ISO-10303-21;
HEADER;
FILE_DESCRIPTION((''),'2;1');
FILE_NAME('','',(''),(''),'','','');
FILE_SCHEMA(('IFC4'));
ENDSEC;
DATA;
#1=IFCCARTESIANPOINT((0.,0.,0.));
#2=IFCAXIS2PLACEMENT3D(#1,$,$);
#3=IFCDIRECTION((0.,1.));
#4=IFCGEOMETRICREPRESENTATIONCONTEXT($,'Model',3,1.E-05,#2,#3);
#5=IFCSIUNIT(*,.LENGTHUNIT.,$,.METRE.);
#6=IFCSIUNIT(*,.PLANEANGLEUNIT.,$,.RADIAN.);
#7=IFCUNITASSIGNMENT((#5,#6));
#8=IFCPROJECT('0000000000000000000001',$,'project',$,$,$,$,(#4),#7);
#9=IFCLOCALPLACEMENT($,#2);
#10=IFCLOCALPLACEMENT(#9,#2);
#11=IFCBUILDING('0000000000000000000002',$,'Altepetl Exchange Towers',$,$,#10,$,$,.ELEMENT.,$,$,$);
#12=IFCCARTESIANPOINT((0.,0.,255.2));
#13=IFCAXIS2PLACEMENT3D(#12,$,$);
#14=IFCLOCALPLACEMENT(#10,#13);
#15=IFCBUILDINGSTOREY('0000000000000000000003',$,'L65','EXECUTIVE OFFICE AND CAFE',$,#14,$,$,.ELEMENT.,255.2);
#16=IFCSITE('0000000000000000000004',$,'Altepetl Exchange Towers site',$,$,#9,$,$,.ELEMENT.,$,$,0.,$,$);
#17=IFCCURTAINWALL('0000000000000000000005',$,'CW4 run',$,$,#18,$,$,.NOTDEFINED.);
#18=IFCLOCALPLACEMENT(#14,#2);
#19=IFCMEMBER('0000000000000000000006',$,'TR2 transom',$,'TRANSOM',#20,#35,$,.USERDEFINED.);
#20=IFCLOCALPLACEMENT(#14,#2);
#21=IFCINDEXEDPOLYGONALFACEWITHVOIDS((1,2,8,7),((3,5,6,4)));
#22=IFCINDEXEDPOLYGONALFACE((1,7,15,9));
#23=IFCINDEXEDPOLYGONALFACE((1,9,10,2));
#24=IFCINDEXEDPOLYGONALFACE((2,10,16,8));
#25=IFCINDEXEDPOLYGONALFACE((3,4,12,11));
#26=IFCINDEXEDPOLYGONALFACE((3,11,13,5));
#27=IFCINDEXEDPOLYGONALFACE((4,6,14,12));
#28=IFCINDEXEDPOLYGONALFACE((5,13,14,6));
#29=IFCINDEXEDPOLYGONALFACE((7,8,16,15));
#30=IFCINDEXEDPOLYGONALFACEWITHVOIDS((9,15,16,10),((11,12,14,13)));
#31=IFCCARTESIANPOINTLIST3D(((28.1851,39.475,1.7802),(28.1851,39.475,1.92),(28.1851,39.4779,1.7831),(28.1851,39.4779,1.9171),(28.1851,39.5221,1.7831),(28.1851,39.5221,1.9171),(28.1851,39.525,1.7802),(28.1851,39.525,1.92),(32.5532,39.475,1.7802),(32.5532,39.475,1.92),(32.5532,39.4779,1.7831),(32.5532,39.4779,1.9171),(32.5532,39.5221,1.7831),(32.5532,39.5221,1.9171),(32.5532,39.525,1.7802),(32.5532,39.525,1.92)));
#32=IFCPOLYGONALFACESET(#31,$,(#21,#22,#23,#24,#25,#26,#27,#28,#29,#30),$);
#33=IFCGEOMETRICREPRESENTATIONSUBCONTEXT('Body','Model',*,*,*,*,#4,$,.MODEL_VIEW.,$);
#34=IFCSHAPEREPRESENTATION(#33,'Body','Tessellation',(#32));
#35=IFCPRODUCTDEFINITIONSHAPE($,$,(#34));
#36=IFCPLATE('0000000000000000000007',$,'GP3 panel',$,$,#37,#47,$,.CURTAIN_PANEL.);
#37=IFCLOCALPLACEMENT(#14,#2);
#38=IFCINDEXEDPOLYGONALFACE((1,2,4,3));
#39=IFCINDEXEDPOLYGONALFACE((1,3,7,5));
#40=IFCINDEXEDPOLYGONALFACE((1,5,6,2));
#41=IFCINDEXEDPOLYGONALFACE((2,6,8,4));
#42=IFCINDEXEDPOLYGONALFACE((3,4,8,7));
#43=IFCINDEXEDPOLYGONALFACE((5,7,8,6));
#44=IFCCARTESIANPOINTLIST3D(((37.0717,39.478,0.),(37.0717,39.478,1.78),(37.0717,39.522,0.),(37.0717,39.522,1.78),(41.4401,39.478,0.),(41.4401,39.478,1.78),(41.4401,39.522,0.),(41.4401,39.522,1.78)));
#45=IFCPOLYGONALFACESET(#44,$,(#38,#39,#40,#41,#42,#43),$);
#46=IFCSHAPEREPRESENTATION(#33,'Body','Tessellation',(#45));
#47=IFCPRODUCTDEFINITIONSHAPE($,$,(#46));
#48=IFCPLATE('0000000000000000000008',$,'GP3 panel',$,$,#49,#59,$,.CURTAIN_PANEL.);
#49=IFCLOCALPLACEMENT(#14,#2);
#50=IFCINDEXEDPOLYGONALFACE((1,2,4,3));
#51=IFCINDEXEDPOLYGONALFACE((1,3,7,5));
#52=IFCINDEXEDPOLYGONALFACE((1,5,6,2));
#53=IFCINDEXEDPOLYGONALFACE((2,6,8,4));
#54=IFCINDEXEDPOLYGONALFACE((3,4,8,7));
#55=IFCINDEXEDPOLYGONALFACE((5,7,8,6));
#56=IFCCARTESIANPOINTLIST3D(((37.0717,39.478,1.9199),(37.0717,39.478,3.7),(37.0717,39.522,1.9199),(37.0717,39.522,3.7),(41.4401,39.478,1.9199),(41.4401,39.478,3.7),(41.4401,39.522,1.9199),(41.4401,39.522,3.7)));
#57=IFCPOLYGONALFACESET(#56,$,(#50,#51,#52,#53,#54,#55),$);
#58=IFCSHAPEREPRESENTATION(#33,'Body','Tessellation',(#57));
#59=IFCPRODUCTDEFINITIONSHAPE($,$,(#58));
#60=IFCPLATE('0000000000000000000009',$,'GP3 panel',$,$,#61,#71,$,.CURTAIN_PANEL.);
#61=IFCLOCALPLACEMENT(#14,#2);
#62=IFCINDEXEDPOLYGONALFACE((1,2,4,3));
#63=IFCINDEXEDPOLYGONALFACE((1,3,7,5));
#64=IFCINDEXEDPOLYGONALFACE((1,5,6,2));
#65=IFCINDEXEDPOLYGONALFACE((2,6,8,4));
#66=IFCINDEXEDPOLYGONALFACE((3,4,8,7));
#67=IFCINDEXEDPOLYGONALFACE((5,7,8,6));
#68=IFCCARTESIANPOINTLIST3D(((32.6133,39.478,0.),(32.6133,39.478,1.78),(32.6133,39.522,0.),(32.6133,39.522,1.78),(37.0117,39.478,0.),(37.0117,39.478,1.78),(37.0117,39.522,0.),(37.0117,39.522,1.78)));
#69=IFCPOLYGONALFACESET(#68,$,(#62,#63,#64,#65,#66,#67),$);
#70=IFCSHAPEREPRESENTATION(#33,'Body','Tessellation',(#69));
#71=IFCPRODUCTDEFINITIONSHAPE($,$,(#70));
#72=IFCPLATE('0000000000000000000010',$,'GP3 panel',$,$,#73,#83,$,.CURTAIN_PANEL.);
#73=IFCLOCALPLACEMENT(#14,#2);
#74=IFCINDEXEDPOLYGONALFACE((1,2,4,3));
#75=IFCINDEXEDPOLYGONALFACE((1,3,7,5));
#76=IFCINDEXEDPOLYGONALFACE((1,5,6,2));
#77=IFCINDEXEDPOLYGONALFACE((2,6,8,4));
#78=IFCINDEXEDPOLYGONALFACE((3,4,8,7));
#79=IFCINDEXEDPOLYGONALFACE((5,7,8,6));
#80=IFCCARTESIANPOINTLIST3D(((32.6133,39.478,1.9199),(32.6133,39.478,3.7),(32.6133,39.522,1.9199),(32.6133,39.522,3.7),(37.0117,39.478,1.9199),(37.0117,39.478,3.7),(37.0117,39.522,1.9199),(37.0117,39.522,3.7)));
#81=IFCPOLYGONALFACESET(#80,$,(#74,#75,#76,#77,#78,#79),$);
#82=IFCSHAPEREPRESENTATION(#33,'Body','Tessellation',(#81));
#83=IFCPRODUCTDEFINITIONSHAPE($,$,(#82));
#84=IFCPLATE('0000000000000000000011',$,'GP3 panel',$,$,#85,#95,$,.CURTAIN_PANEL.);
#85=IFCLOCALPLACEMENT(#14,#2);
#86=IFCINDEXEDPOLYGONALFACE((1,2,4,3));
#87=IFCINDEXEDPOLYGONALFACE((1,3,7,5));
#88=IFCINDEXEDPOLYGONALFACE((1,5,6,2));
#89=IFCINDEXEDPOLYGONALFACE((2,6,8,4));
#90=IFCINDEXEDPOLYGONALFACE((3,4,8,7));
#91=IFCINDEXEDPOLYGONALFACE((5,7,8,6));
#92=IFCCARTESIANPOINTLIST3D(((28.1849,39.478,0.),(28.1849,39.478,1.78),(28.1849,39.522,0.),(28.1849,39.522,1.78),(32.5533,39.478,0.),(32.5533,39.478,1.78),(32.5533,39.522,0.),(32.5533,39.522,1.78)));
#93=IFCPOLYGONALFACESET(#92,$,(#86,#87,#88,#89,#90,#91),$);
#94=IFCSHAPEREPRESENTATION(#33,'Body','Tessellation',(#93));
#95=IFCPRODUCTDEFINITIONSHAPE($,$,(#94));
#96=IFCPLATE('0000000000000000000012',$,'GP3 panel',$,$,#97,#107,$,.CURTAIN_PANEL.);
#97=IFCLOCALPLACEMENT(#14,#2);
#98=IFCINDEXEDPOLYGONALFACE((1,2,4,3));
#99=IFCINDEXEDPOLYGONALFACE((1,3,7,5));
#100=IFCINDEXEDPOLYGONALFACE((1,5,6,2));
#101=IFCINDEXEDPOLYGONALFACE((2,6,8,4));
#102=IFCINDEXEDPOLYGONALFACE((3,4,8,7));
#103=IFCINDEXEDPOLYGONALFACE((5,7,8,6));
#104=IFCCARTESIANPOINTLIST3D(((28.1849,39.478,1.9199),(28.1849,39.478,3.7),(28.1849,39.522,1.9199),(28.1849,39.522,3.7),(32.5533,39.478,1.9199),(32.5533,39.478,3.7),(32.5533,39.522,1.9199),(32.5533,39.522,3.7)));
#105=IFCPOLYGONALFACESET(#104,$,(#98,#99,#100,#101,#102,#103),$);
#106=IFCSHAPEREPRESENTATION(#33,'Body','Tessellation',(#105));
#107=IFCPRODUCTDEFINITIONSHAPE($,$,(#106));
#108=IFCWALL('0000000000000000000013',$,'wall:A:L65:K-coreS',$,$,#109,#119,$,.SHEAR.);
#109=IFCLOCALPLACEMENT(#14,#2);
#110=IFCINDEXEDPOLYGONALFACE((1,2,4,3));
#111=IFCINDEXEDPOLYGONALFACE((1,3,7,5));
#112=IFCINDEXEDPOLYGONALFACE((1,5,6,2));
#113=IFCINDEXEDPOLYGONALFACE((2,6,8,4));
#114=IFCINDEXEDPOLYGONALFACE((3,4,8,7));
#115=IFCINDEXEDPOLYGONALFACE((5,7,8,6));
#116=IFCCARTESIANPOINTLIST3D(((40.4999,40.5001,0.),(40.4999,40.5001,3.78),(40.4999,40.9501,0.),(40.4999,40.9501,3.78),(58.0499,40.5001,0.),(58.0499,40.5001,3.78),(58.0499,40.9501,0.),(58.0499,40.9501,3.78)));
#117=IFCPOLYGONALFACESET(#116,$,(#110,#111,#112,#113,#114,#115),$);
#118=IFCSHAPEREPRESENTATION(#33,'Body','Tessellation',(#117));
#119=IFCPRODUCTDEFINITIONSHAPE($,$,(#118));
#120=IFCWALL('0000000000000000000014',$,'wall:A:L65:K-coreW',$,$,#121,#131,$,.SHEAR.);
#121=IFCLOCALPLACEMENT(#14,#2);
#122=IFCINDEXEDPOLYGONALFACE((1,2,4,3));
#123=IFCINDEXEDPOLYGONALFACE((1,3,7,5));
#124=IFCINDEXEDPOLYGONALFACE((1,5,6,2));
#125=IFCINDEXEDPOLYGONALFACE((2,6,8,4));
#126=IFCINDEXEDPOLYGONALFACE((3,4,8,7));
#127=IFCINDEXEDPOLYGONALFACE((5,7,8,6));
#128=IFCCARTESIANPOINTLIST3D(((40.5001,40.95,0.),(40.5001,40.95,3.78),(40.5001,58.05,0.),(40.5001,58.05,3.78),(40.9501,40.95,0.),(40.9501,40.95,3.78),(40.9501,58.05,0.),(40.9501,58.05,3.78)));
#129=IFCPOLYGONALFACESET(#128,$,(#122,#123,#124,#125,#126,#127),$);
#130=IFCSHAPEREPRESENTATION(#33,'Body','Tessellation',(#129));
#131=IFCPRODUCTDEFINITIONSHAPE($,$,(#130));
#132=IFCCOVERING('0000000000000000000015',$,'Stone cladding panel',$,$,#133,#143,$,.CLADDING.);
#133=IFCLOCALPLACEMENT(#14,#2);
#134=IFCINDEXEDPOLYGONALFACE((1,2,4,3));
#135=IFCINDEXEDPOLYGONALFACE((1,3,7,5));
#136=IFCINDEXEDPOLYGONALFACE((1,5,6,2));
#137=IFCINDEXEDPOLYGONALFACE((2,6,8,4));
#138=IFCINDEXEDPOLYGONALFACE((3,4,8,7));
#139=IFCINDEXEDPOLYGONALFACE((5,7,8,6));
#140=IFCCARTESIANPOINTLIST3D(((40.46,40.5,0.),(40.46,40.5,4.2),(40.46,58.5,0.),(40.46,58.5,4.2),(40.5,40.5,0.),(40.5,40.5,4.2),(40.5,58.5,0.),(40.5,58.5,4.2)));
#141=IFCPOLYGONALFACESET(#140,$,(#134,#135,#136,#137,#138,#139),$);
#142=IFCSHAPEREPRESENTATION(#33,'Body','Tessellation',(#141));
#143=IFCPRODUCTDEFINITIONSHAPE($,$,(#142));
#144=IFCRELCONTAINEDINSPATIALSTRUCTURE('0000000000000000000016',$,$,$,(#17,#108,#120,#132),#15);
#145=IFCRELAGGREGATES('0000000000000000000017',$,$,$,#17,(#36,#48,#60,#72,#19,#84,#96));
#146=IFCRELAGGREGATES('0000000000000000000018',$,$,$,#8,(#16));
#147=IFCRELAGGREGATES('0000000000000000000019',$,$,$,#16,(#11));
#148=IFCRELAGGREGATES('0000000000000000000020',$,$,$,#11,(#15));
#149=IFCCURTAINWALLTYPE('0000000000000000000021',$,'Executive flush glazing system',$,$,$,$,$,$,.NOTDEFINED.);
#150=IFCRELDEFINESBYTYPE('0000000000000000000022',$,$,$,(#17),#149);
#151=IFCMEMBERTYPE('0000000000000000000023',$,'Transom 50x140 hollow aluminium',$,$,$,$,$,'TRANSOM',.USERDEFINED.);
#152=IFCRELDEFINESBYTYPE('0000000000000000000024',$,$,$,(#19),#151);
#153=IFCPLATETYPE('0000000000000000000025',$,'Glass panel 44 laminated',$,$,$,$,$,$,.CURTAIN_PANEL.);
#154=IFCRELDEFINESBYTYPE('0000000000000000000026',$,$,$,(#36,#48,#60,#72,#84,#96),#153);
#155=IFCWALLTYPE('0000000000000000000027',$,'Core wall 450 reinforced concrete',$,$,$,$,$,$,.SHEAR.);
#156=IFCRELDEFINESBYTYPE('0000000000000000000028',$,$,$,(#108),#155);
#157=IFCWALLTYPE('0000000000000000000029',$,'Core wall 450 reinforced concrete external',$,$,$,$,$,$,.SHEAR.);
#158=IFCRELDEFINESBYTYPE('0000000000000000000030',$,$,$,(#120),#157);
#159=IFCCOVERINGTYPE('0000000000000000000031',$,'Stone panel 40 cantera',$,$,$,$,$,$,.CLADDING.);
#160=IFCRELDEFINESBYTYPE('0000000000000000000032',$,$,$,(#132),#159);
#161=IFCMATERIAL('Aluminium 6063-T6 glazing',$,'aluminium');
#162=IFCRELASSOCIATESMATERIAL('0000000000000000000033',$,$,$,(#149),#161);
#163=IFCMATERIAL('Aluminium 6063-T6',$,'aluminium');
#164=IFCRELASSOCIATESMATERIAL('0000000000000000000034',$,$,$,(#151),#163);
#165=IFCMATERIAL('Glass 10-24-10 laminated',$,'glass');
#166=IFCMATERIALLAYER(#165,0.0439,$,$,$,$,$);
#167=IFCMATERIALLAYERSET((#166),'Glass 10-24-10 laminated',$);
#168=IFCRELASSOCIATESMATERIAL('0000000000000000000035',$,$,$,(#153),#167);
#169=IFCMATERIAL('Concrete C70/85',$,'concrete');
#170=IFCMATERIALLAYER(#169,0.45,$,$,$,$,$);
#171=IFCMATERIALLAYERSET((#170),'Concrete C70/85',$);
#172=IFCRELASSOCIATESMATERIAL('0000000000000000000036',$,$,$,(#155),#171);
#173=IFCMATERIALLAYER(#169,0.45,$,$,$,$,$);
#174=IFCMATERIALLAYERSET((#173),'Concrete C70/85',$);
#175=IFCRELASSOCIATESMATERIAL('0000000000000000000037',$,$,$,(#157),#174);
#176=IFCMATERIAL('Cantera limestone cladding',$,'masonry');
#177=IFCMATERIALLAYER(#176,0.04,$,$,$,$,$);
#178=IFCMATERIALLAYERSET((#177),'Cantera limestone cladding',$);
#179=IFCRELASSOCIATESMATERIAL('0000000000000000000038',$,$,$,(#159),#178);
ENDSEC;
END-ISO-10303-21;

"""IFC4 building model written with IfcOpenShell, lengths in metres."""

from ifc_helpers import new_model, si_unit, direction, frame, frame_2d, origin, origin_2d, place, context, subcontext, project, spatial, rectangle, hollow_rectangle, extrude, material, layer, layer_set, material_profile, profile_set, type_object, element, aggregate, save


model = new_model("IFC4")

# Units and contexts
model_context = context("Model", 3, precision=1e-05, world=origin(), true_north=direction((0.0, 1.0)))
body_context = subcontext(model_context, "Body", "Model", "MODEL_VIEW")
ifc_project = project(units=[si_unit("LENGTHUNIT", "METRE"), si_unit("PLANEANGLEUNIT", "RADIAN")], contexts=[model_context])

# Site, building, storey
site_placement = place(None, origin())
site = spatial("IfcSite", under=ifc_project, at=site_placement, Name="Altepetl Exchange Towers site", CompositionType="ELEMENT", RefElevation=0.0)
building_placement = place(site_placement, origin())
building = spatial("IfcBuilding", under=site, at=building_placement, Name="Altepetl Exchange Towers", CompositionType="ELEMENT")
storey_placement = place(building_placement, frame((0.0, 0.0, 255.2)))
storey = spatial("IfcBuildingStorey", under=building, at=storey_placement, Name="L65", Description="EXECUTIVE OFFICE AND CAFE", CompositionType="ELEMENT", Elevation=255.2)

# Curtain wall
ifc_material_1 = material(Name="Aluminium 6063-T6 glazing", Category="aluminium")
curtain_wall_type = type_object("IfcCurtainWallType", Name="Executive flush glazing system", PredefinedType="NOTDEFINED", material=ifc_material_1)
curtain_wall_1_placement = place(storey_placement, origin())
curtain_wall_1 = element("IfcCurtainWall", 1, at=curtain_wall_1_placement, inside=storey, type_object=curtain_wall_type, Name="CW4 run", PredefinedType="NOTDEFINED")
ifc_material_2 = material(Name="Aluminium 6063-T6", Category="aluminium")

# Member
ifc_material_profile_1 = material_profile(ifc_material_2, hollow_rectangle(XDim=0.05, YDim=0.1399, WallThickness=0.0029, at=origin_2d()), Name="Transom 50x140 hollow aluminium")
ifc_profile_set_1 = profile_set([ifc_material_profile_1], Name="Aluminium 6063-T6")
member_type_1 = type_object("IfcMemberType", Name="Transom 50x140 hollow aluminium", ElementType="TRANSOM", PredefinedType="USERDEFINED", material=ifc_profile_set_1)
member_1_placement = place(storey_placement, frame((32.5532, 39.5, 1.8501), z_axis=(-1.0, 0.0, 0.0), x_axis=(0.0, -1.0, 0.0)))
member_1 = element("IfcMember", 2, at=member_1_placement, type_object=member_type_1, Name="TR2 transom", ObjectType="TRANSOM", PredefinedType="USERDEFINED", context=body_context, shape_type="SweptSolid", body=[
    extrude(hollow_rectangle(XDim=0.05, YDim=0.1399, WallThickness=0.0029, at=origin_2d()), origin(), (0.0, 0.0, 1.0), 4.3682),
])

# Plates
ifc_material_3 = material(Name="Glass 10-24-10 laminated", Category="glass")
ifc_layer_1 = layer(ifc_material_3, 0.0439)
ifc_layer_set_1 = layer_set([ifc_layer_1], Name="Glass 10-24-10 laminated")
plate_type = type_object("IfcPlateType", Name="Glass panel 44 laminated", PredefinedType="CURTAIN_PANEL", material=ifc_layer_set_1)
plate_1_placement = place(storey_placement, frame((39.2559, 39.5, 0.0), z_axis=(0.0, 0.0, 1.0), x_axis=(-1.0, 0.0, 0.0)))
plate_1 = element("IfcPlate", 3, at=plate_1_placement, type_object=plate_type, Name="GP3 panel", PredefinedType="CURTAIN_PANEL", context=body_context, shape_type="SweptSolid", body=[
    extrude(rectangle(XDim=4.3684, YDim=0.0439, at=origin_2d()), origin(), (0.0, 0.0, 1.0), 1.78),
])
plate_2_placement = place(storey_placement, frame((39.2559, 39.5, 1.9199), z_axis=(0.0, 0.0, 1.0), x_axis=(-1.0, 0.0, 0.0)))
plate_2 = element("IfcPlate", 4, at=plate_2_placement, type_object=plate_type, Name="GP3 panel", PredefinedType="CURTAIN_PANEL", context=body_context, shape_type="SweptSolid", body=[
    extrude(rectangle(XDim=4.3684, YDim=0.0439, at=origin_2d()), origin(), (0.0, 0.0, 1.0), 1.78),
])
plate_3_placement = place(storey_placement, frame((34.8125, 39.5, 0.0), z_axis=(0.0, 0.0, 1.0), x_axis=(-1.0, 0.0, 0.0)))
plate_3 = element("IfcPlate", 5, at=plate_3_placement, type_object=plate_type, Name="GP3 panel", PredefinedType="CURTAIN_PANEL", context=body_context, shape_type="SweptSolid", body=[
    extrude(rectangle(XDim=4.3984, YDim=0.0439, at=origin_2d()), origin(), (0.0, 0.0, 1.0), 1.78),
])
plate_4_placement = place(storey_placement, frame((34.8125, 39.5, 1.9199), z_axis=(0.0, 0.0, 1.0), x_axis=(-1.0, 0.0, 0.0)))
plate_4 = element("IfcPlate", 6, at=plate_4_placement, type_object=plate_type, Name="GP3 panel", PredefinedType="CURTAIN_PANEL", context=body_context, shape_type="SweptSolid", body=[
    extrude(rectangle(XDim=4.3984, YDim=0.0439, at=origin_2d()), origin(), (0.0, 0.0, 1.0), 1.78),
])
plate_5_placement = place(storey_placement, frame((30.3691, 39.5, 0.0), z_axis=(0.0, 0.0, 1.0), x_axis=(-1.0, 0.0, 0.0)))
plate_5 = element("IfcPlate", 7, at=plate_5_placement, type_object=plate_type, Name="GP3 panel", PredefinedType="CURTAIN_PANEL", context=body_context, shape_type="SweptSolid", body=[
    extrude(rectangle(XDim=4.3684, YDim=0.0439, at=origin_2d()), origin(), (0.0, 0.0, 1.0), 1.78),
])
plate_6_placement = place(storey_placement, frame((30.3691, 39.5, 1.9199), z_axis=(0.0, 0.0, 1.0), x_axis=(-1.0, 0.0, 0.0)))
plate_6 = element("IfcPlate", 8, at=plate_6_placement, type_object=plate_type, Name="GP3 panel", PredefinedType="CURTAIN_PANEL", context=body_context, shape_type="SweptSolid", body=[
    extrude(rectangle(XDim=4.3684, YDim=0.0439, at=origin_2d()), origin(), (0.0, 0.0, 1.0), 1.78),
])
aggregate(curtain_wall_1, [plate_1, plate_2, plate_3, plate_4, member_1, plate_5, plate_6])

# Walls
ifc_material_4 = material(Name="Concrete C70/85", Category="concrete")
ifc_layer_2 = layer(ifc_material_4, 0.45)
ifc_layer_set_2 = layer_set([ifc_layer_2], Name="Concrete C70/85")
wall_type_1 = type_object("IfcWallType", Name="Core wall 450 reinforced concrete", PredefinedType="SHEAR", material=ifc_layer_set_2)
wall_1_placement = place(storey_placement, frame((40.5, 40.7251, 0.0)))
element("IfcWall", 9, at=wall_1_placement, inside=storey, type_object=wall_type_1, Name="wall:A:L65:K-coreS", PredefinedType="SHEAR", context=body_context, shape_type="SweptSolid", body=[
    extrude(rectangle(XDim=17.55, YDim=0.45, at=frame_2d((8.7749, 0.0))), origin(), (0.0, 0.0, 1.0), 3.78),
])
ifc_layer_3 = layer(ifc_material_4, 0.45)
ifc_layer_set_3 = layer_set([ifc_layer_3], Name="Concrete C70/85")
wall_type_2 = type_object("IfcWallType", Name="Core wall 450 reinforced concrete external", PredefinedType="SHEAR", material=ifc_layer_set_3)
wall_2_placement = place(storey_placement, frame((40.7251, 40.95, 0.0), z_axis=(0.0, 0.0, 1.0), x_axis=(0.0, 1.0, 0.0)))
element("IfcWall", 10, at=wall_2_placement, inside=storey, type_object=wall_type_2, Name="wall:A:L65:K-coreW", PredefinedType="SHEAR", context=body_context, shape_type="SweptSolid", body=[
    extrude(rectangle(XDim=17.1001, YDim=0.45, at=frame_2d((8.55, 0.0))), origin(), (0.0, 0.0, 1.0), 3.78),
])

# Covering
ifc_material_5 = material(Name="Cantera limestone cladding", Category="masonry")
ifc_layer_4 = layer(ifc_material_5, 0.04)
ifc_layer_set_4 = layer_set([ifc_layer_4], Name="Cantera limestone cladding")
covering_type = type_object("IfcCoveringType", Name="Stone panel 40 cantera", PredefinedType="CLADDING", material=ifc_layer_set_4)
covering_placement = place(storey_placement, frame((40.48, 49.5, 0.0), z_axis=(0.0, 0.0, 1.0), x_axis=(0.0, -1.0, 0.0)))
element("IfcCovering", 11, at=covering_placement, inside=storey, type_object=covering_type, Name="Stone cladding panel", PredefinedType="CLADDING", context=body_context, shape_type="SweptSolid", body=[
    extrude(rectangle(XDim=18.0, YDim=0.04, at=origin_2d()), origin(), (0.0, 0.0, 1.0), 4.2),
])

save(model, "model.ifc")
